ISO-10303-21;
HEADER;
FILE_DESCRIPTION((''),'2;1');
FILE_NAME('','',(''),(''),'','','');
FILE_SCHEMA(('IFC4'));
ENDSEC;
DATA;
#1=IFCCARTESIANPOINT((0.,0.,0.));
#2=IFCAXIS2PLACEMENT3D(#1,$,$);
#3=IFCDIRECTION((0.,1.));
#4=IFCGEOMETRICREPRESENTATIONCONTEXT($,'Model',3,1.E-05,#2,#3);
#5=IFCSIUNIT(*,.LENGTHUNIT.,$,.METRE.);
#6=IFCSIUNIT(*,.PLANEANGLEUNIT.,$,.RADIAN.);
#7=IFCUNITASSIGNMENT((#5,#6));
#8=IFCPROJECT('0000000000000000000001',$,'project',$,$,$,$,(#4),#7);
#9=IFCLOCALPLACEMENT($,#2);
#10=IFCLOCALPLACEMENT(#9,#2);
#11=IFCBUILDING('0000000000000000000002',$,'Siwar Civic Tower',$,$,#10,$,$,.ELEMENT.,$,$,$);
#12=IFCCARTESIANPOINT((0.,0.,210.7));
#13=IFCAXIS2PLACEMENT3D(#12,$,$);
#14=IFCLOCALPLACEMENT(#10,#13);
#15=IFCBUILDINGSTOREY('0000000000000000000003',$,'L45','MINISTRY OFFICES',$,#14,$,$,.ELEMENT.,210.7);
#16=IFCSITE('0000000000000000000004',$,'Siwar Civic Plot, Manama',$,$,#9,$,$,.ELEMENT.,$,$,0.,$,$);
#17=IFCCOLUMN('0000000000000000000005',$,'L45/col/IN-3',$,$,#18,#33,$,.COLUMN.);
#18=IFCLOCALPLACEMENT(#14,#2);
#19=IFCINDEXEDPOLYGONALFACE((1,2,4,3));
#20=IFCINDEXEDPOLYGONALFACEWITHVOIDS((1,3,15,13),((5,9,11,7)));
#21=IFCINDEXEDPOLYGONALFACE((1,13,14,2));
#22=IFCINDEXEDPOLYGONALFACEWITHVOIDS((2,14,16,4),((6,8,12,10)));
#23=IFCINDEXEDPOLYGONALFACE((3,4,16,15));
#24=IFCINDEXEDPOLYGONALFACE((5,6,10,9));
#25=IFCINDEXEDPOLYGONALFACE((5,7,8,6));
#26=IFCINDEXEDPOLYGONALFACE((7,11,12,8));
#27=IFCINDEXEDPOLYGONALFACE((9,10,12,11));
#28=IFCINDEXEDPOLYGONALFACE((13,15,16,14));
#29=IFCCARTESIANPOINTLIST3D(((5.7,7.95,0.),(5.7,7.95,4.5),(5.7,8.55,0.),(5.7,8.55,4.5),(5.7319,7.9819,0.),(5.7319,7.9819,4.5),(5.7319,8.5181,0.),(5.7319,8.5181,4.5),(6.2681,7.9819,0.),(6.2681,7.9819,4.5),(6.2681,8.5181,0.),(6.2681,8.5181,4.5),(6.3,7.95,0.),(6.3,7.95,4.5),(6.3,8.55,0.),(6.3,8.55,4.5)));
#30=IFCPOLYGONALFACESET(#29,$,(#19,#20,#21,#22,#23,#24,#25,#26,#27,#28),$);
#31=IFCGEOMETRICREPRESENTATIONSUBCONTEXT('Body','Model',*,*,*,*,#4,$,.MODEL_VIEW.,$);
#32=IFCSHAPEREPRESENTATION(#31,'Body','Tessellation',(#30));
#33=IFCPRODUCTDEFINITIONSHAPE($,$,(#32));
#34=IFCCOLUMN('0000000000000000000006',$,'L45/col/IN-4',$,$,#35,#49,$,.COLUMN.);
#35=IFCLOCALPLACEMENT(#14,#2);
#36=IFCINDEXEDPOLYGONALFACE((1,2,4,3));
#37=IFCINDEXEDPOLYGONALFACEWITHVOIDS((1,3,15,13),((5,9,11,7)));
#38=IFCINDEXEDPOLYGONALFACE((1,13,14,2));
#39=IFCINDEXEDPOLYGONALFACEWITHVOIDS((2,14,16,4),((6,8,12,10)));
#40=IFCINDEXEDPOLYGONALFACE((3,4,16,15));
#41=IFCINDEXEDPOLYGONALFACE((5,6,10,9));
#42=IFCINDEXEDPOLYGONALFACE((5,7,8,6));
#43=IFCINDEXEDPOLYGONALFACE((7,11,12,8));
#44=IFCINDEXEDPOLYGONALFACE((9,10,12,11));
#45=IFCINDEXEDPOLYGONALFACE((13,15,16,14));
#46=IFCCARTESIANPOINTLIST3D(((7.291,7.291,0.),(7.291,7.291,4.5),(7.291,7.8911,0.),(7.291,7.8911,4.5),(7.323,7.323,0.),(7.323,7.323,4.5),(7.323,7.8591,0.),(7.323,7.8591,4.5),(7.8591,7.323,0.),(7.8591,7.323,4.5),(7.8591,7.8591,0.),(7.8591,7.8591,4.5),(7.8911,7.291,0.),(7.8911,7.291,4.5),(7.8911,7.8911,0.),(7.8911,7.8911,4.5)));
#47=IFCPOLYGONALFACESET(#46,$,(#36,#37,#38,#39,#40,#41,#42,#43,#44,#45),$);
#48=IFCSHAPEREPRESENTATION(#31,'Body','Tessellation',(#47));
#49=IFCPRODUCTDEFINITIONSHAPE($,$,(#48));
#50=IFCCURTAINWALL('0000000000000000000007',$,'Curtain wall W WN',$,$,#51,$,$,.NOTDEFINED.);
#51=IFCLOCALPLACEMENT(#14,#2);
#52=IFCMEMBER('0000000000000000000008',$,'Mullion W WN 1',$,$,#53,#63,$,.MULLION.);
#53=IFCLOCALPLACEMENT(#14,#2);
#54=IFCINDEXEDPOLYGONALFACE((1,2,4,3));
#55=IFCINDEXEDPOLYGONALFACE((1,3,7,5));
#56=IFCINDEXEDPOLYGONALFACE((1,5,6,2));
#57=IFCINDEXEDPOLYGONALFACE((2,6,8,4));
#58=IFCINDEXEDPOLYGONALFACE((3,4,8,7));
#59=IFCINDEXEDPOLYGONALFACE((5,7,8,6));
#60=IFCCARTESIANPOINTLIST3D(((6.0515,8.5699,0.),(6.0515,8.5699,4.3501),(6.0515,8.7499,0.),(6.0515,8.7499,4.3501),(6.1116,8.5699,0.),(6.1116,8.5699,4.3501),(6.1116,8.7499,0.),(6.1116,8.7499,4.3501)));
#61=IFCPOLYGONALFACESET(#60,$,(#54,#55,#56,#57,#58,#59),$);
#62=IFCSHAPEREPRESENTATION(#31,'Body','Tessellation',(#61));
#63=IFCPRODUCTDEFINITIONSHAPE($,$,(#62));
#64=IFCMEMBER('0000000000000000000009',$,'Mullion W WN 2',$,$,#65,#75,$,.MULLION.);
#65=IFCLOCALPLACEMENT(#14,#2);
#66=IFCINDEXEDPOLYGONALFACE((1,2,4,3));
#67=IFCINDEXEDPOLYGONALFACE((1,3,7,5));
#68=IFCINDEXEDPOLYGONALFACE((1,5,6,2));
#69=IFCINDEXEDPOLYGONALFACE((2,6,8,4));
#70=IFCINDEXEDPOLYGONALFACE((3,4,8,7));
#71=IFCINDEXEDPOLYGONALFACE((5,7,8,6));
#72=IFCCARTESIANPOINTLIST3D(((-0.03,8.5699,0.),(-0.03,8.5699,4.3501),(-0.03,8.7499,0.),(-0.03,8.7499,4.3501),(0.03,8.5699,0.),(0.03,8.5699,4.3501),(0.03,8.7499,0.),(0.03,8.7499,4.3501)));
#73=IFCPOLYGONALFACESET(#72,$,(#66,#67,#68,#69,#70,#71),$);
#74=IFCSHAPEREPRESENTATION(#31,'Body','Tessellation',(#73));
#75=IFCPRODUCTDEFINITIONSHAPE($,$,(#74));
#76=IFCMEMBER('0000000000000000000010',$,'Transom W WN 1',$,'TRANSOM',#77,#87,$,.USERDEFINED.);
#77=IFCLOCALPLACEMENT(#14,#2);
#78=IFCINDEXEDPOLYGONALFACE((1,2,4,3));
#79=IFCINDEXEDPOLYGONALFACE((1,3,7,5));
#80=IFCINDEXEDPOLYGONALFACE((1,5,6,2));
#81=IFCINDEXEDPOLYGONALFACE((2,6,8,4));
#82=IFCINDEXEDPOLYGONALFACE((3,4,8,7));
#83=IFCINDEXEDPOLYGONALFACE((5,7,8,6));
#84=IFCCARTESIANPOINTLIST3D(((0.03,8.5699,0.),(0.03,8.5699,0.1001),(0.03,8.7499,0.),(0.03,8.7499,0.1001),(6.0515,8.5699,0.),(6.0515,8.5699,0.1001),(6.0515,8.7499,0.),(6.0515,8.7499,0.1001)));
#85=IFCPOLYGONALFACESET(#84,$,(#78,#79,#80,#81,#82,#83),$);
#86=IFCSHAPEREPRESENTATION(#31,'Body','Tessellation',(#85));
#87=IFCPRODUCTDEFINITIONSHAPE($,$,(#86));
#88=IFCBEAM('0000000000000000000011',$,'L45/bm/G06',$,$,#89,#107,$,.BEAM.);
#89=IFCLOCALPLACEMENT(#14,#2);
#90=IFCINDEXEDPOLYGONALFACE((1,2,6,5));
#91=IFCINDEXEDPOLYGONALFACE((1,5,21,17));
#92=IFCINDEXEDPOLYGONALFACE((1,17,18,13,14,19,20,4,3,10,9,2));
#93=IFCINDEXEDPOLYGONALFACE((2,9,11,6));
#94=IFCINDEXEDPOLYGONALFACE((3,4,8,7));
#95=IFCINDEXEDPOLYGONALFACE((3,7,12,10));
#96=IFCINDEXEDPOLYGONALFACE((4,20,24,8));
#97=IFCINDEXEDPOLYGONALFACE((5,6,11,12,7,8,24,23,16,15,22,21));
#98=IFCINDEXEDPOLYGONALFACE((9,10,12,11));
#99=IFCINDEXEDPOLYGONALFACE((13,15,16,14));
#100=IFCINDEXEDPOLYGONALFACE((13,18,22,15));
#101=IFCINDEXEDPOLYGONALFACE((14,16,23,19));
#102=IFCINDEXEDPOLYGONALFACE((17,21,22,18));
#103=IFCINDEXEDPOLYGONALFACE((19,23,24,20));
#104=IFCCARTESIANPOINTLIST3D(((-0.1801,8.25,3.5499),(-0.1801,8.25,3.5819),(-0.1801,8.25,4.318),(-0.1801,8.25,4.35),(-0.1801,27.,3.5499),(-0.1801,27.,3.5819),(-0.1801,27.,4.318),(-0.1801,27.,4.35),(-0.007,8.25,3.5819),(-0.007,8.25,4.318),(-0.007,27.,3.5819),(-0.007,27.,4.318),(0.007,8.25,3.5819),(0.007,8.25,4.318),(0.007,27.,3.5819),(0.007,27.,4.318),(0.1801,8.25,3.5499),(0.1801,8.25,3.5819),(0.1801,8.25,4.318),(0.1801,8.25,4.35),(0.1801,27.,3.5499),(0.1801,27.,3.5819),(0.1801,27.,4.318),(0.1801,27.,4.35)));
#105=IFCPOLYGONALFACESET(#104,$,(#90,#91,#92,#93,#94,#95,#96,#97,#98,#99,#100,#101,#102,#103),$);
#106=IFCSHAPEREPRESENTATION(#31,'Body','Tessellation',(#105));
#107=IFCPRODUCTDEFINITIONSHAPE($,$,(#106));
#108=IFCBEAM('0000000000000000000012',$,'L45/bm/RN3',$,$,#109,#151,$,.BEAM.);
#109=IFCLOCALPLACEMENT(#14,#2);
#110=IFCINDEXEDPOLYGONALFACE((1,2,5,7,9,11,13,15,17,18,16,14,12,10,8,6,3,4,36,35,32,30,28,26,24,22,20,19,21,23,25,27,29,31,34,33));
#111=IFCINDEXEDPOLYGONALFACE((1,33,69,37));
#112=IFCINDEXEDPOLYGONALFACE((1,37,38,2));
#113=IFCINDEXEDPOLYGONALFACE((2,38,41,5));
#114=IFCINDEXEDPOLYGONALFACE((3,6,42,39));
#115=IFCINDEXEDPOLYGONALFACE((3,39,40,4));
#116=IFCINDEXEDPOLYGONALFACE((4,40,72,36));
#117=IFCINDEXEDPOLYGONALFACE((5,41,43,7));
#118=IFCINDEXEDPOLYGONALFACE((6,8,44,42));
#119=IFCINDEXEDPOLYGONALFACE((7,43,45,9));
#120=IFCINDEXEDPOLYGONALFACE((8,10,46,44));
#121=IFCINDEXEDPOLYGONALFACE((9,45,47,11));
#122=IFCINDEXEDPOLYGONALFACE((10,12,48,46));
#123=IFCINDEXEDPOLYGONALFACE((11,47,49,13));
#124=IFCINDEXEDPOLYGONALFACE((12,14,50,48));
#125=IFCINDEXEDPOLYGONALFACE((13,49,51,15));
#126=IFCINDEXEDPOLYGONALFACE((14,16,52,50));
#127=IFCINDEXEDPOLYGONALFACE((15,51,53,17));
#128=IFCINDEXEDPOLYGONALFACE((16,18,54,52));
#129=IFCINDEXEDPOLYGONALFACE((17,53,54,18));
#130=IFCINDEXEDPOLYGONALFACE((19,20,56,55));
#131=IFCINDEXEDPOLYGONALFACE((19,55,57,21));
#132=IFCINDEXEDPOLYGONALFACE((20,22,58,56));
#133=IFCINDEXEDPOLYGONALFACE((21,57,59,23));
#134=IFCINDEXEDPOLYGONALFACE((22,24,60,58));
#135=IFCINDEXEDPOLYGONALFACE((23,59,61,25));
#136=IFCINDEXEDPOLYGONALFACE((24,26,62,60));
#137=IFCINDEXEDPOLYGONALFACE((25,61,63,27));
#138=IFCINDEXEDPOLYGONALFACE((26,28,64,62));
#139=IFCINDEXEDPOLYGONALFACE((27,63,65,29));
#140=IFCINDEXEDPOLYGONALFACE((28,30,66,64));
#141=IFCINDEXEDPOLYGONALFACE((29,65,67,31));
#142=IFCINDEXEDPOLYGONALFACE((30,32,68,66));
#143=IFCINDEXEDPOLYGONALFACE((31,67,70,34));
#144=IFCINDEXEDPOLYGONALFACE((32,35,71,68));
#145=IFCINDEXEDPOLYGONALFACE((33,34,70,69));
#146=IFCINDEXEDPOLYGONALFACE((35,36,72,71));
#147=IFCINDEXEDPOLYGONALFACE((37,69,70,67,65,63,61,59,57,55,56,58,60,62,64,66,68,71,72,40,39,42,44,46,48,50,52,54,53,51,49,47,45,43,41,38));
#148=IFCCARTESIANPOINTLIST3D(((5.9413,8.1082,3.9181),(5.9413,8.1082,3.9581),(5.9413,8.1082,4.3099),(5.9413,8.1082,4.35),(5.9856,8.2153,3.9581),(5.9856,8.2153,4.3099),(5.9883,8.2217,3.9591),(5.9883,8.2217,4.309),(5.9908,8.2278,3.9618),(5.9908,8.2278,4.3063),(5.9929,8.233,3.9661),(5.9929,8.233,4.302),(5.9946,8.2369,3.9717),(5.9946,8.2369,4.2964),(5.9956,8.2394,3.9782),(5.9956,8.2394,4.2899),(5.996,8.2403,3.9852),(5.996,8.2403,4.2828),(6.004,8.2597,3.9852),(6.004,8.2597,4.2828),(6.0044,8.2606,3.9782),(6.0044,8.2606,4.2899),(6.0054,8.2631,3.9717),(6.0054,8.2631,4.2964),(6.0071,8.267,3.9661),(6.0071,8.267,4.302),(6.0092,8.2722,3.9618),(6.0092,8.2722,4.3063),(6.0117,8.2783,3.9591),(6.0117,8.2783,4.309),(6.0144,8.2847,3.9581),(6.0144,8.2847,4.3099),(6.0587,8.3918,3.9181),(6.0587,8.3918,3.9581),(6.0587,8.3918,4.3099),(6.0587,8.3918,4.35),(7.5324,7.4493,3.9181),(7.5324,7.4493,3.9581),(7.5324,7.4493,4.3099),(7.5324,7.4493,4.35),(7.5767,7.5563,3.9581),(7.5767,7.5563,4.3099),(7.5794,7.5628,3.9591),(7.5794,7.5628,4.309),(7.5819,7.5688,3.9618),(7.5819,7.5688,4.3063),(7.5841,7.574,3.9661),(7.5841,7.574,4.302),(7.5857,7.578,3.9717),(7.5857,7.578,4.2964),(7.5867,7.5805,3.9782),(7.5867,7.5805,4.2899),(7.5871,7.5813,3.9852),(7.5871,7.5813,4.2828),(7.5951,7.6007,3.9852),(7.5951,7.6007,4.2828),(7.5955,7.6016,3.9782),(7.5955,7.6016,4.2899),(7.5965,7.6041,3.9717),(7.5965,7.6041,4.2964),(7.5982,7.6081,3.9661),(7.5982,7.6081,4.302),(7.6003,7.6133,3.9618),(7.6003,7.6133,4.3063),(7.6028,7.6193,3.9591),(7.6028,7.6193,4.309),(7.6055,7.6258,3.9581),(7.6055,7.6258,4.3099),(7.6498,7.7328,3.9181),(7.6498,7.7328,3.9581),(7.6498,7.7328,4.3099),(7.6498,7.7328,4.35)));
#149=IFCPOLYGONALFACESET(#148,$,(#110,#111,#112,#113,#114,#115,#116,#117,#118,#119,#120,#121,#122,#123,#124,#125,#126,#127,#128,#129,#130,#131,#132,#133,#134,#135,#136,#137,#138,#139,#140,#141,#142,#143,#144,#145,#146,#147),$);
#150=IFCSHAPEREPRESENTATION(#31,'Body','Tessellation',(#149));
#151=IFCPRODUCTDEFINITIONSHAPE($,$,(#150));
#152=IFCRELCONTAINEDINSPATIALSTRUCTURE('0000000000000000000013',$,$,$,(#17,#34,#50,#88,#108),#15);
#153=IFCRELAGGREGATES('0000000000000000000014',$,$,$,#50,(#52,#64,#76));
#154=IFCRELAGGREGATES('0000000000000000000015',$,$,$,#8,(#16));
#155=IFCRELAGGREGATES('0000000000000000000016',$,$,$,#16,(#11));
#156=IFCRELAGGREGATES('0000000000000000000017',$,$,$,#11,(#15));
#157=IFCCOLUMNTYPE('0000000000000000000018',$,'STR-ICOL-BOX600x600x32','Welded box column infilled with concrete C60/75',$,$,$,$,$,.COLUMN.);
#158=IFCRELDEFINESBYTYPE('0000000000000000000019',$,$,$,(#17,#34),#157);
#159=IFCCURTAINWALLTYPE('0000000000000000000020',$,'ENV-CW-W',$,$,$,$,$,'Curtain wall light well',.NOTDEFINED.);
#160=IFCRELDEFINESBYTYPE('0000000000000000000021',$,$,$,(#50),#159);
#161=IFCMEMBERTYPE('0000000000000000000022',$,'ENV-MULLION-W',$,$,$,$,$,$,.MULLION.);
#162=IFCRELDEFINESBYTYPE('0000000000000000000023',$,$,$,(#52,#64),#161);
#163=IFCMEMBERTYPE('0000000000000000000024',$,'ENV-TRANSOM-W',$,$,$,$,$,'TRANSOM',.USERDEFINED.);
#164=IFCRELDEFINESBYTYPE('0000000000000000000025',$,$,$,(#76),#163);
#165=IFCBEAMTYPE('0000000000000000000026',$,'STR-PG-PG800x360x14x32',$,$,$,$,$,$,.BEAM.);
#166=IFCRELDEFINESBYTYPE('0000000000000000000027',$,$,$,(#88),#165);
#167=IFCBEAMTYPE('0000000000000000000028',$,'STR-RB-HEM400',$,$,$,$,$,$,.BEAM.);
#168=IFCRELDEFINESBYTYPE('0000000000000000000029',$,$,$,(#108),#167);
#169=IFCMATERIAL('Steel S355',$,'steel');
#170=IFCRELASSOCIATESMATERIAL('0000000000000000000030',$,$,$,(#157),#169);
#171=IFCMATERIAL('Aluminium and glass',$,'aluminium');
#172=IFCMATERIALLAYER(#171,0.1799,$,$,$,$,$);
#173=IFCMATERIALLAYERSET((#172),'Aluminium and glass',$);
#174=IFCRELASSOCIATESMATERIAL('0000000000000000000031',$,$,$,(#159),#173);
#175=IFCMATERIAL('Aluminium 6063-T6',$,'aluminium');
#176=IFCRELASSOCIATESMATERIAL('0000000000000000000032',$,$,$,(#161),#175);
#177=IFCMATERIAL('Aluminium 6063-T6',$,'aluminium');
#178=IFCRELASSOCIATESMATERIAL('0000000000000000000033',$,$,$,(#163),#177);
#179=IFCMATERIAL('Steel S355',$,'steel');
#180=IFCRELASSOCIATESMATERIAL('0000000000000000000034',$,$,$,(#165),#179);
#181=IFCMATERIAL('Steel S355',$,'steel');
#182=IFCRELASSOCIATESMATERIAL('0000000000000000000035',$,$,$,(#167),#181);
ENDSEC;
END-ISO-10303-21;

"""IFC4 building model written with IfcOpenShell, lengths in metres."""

from ifc_helpers import new_model, si_unit, direction, frame, origin, origin_2d, place, context, subcontext, project, spatial, rectangle, hollow_rectangle, i_section, extrude, material, layer, layer_set, material_profile, profile_set, type_object, element, aggregate, save


model = new_model("IFC4")

# Units and contexts
model_context = context("Model", 3, precision=1e-05, world=origin(), true_north=direction((0.0, 1.0)))
body_context = subcontext(model_context, "Body", "Model", "MODEL_VIEW")
ifc_project = project(units=[si_unit("LENGTHUNIT", "METRE"), si_unit("PLANEANGLEUNIT", "RADIAN")], contexts=[model_context])

# Site, building, storey
site_placement = place(None, origin())
site = spatial("IfcSite", under=ifc_project, at=site_placement, Name="Siwar Civic Plot, Manama", CompositionType="ELEMENT", RefElevation=0.0)
building_placement = place(site_placement, origin())
building = spatial("IfcBuilding", under=site, at=building_placement, Name="Siwar Civic Tower", CompositionType="ELEMENT")
storey_placement = place(building_placement, frame((0.0, 0.0, 210.7)))
storey = spatial("IfcBuildingStorey", under=building, at=storey_placement, Name="L45", Description="MINISTRY OFFICES", CompositionType="ELEMENT", Elevation=210.7)

# Columns
ifc_material_1 = material(Name="Steel S355", Category="steel")
ifc_material_profile_1 = material_profile(ifc_material_1, hollow_rectangle(XDim=0.6001, YDim=0.6001, WallThickness=0.032, at=origin_2d()), Name="BOX600x600x32")
ifc_profile_set_1 = profile_set([ifc_material_profile_1], Name="Steel S355")
column_type = type_object("IfcColumnType", Name="STR-ICOL-BOX600x600x32", Description="Welded box column infilled with concrete C60/75", PredefinedType="COLUMN", material=ifc_profile_set_1)
for number, where, z_axis, x_axis, name in (
    (1, (6.0, 8.25, 0.0), (0.0, 0.0, 1.0), (1.0, 0.0, 0.0), "L45/col/IN-3"),
    (2, (7.5911, 7.5911, 0.0), (0.0, 0.0, 1.0), (1.0, 0.0, 0.0), "L45/col/IN-4"),
):
    element("IfcColumn", number, at=place(storey_placement, frame(where, z_axis=z_axis, x_axis=x_axis)), inside=storey, type_object=column_type, Name=name, PredefinedType="COLUMN", context=body_context, shape_type="SweptSolid", body=[
        extrude(hollow_rectangle(XDim=0.6001, YDim=0.6001, WallThickness=0.032, at=origin_2d()), origin(), (0.0, 0.0, 1.0), 4.5),
    ])

# Curtain wall, members
ifc_material_2 = material(Name="Aluminium and glass", Category="aluminium")
ifc_layer_1 = layer(ifc_material_2, 0.1799)
ifc_layer_set_1 = layer_set([ifc_layer_1], Name="Aluminium and glass")
curtain_wall_type = type_object("IfcCurtainWallType", Name="ENV-CW-W", ElementType="Curtain wall light well", PredefinedType="NOTDEFINED", material=ifc_layer_set_1)
curtain_wall_placement = place(storey_placement, origin())
curtain_wall = element("IfcCurtainWall", 3, at=curtain_wall_placement, inside=storey, type_object=curtain_wall_type, Name="Curtain wall W WN", PredefinedType="NOTDEFINED")
ifc_material_3 = material(Name="Aluminium 6063-T6", Category="aluminium")
ifc_material_profile_2 = material_profile(ifc_material_3, rectangle(XDim=0.1799, YDim=0.0601, at=origin_2d()), Name="AL 180x60")
ifc_profile_set_2 = profile_set([ifc_material_profile_2], Name="Aluminium 6063-T6")
member_type_1 = type_object("IfcMemberType", Name="ENV-MULLION-W", PredefinedType="MULLION", material=ifc_profile_set_2)
member_1_placement = place(storey_placement, frame((6.0815, 8.6599, 0.0), z_axis=(0.0, 0.0, 1.0), x_axis=(0.0, -1.0, 0.0)))
member_1 = element("IfcMember", 4, at=member_1_placement, type_object=member_type_1, Name="Mullion W WN 1", PredefinedType="MULLION", context=body_context, shape_type="SweptSolid", body=[
    extrude(rectangle(XDim=0.1799, YDim=0.0601, at=origin_2d()), origin(), (0.0, 0.0, 1.0), 4.3501),
])
member_2_placement = place(storey_placement, frame((0.0, 8.6599, 0.0), z_axis=(0.0, 0.0, 1.0), x_axis=(0.0, -1.0, 0.0)))
member_2 = element("IfcMember", 5, at=member_2_placement, type_object=member_type_1, Name="Mullion W WN 2", PredefinedType="MULLION", context=body_context, shape_type="SweptSolid", body=[
    extrude(rectangle(XDim=0.1799, YDim=0.0601, at=origin_2d()), origin(), (0.0, 0.0, 1.0), 4.3501),
])
ifc_material_4 = material(Name="Aluminium 6063-T6", Category="aluminium")
ifc_material_profile_3 = material_profile(ifc_material_4, rectangle(XDim=0.1799, YDim=0.1001, at=origin_2d()), Name="AL 180x100")
ifc_profile_set_3 = profile_set([ifc_material_profile_3], Name="Aluminium 6063-T6")
member_type_2 = type_object("IfcMemberType", Name="ENV-TRANSOM-W", ElementType="TRANSOM", PredefinedType="USERDEFINED", material=ifc_profile_set_3)
member_3_placement = place(storey_placement, frame((6.0515, 8.6599, 0.05), z_axis=(-1.0, 0.0, 0.0), x_axis=(0.0, -1.0, 0.0)))
member_3 = element("IfcMember", 6, at=member_3_placement, type_object=member_type_2, Name="Transom W WN 1", ObjectType="TRANSOM", PredefinedType="USERDEFINED", context=body_context, shape_type="SweptSolid", body=[
    extrude(rectangle(XDim=0.1799, YDim=0.1001, at=origin_2d()), origin(), (0.0, 0.0, 1.0), 6.0215),
])

# Beams
ifc_material_5 = material(Name="Steel S355", Category="steel")
ifc_material_profile_4 = material_profile(ifc_material_5, i_section(OverallWidth=0.3601, OverallDepth=0.8, WebThickness=0.0139, FlangeThickness=0.032, at=origin_2d()), Name="PG800x360x14x32")
ifc_profile_set_4 = profile_set([ifc_material_profile_4], Name="Steel S355")
beam_type_1 = type_object("IfcBeamType", Name="STR-PG-PG800x360x14x32", PredefinedType="BEAM", material=ifc_profile_set_4)
beam_placement = place(storey_placement, frame((0.0, 8.25, 3.95), z_axis=(0.0, 1.0, 0.0), x_axis=(-1.0, 0.0, 0.0)))
element("IfcBeam", 7, at=beam_placement, inside=storey, type_object=beam_type_1, Name="L45/bm/G06", PredefinedType="BEAM", context=body_context, shape_type="SweptSolid", body=[
    extrude(i_section(OverallWidth=0.3601, OverallDepth=0.8, WebThickness=0.0139, FlangeThickness=0.032, at=origin_2d()), origin(), (0.0, 0.0, 1.0), 18.75),
])
ifc_material_6 = material(Name="Steel S355", Category="steel")
ifc_material_profile_5 = material_profile(ifc_material_6, i_section(OverallWidth=0.3069, OverallDepth=0.4319, WebThickness=0.021, FlangeThickness=0.04, FilletRadius=0.0271, at=origin_2d()), Name="HEM400")
ifc_profile_set_5 = profile_set([ifc_material_profile_5], Name="Steel S355")
beam_type_2 = type_object("IfcBeamType", Name="STR-RB-HEM400", PredefinedType="BEAM", material=ifc_profile_set_5)
for number, where, z_axis, x_axis, name in (
    (8, (6.0, 8.25, 4.134), (0.923901, -0.382631, 0.0), (0.382631, 0.923901, 0.0), "L45/bm/RN3"),
):
    element("IfcBeam", number, at=place(storey_placement, frame(where, z_axis=z_axis, x_axis=x_axis)), inside=storey, type_object=beam_type_2, Name=name, PredefinedType="BEAM", context=body_context, shape_type="SweptSolid", body=[
        extrude(i_section(OverallWidth=0.3069, OverallDepth=0.4319, WebThickness=0.021, FlangeThickness=0.04, FilletRadius=0.0271, at=origin_2d()), origin(), (0.0, 0.0, 1.0), 1.7222),
    ])

aggregate(curtain_wall, [member_1, member_2, member_3])

save(model, "model.ifc")
